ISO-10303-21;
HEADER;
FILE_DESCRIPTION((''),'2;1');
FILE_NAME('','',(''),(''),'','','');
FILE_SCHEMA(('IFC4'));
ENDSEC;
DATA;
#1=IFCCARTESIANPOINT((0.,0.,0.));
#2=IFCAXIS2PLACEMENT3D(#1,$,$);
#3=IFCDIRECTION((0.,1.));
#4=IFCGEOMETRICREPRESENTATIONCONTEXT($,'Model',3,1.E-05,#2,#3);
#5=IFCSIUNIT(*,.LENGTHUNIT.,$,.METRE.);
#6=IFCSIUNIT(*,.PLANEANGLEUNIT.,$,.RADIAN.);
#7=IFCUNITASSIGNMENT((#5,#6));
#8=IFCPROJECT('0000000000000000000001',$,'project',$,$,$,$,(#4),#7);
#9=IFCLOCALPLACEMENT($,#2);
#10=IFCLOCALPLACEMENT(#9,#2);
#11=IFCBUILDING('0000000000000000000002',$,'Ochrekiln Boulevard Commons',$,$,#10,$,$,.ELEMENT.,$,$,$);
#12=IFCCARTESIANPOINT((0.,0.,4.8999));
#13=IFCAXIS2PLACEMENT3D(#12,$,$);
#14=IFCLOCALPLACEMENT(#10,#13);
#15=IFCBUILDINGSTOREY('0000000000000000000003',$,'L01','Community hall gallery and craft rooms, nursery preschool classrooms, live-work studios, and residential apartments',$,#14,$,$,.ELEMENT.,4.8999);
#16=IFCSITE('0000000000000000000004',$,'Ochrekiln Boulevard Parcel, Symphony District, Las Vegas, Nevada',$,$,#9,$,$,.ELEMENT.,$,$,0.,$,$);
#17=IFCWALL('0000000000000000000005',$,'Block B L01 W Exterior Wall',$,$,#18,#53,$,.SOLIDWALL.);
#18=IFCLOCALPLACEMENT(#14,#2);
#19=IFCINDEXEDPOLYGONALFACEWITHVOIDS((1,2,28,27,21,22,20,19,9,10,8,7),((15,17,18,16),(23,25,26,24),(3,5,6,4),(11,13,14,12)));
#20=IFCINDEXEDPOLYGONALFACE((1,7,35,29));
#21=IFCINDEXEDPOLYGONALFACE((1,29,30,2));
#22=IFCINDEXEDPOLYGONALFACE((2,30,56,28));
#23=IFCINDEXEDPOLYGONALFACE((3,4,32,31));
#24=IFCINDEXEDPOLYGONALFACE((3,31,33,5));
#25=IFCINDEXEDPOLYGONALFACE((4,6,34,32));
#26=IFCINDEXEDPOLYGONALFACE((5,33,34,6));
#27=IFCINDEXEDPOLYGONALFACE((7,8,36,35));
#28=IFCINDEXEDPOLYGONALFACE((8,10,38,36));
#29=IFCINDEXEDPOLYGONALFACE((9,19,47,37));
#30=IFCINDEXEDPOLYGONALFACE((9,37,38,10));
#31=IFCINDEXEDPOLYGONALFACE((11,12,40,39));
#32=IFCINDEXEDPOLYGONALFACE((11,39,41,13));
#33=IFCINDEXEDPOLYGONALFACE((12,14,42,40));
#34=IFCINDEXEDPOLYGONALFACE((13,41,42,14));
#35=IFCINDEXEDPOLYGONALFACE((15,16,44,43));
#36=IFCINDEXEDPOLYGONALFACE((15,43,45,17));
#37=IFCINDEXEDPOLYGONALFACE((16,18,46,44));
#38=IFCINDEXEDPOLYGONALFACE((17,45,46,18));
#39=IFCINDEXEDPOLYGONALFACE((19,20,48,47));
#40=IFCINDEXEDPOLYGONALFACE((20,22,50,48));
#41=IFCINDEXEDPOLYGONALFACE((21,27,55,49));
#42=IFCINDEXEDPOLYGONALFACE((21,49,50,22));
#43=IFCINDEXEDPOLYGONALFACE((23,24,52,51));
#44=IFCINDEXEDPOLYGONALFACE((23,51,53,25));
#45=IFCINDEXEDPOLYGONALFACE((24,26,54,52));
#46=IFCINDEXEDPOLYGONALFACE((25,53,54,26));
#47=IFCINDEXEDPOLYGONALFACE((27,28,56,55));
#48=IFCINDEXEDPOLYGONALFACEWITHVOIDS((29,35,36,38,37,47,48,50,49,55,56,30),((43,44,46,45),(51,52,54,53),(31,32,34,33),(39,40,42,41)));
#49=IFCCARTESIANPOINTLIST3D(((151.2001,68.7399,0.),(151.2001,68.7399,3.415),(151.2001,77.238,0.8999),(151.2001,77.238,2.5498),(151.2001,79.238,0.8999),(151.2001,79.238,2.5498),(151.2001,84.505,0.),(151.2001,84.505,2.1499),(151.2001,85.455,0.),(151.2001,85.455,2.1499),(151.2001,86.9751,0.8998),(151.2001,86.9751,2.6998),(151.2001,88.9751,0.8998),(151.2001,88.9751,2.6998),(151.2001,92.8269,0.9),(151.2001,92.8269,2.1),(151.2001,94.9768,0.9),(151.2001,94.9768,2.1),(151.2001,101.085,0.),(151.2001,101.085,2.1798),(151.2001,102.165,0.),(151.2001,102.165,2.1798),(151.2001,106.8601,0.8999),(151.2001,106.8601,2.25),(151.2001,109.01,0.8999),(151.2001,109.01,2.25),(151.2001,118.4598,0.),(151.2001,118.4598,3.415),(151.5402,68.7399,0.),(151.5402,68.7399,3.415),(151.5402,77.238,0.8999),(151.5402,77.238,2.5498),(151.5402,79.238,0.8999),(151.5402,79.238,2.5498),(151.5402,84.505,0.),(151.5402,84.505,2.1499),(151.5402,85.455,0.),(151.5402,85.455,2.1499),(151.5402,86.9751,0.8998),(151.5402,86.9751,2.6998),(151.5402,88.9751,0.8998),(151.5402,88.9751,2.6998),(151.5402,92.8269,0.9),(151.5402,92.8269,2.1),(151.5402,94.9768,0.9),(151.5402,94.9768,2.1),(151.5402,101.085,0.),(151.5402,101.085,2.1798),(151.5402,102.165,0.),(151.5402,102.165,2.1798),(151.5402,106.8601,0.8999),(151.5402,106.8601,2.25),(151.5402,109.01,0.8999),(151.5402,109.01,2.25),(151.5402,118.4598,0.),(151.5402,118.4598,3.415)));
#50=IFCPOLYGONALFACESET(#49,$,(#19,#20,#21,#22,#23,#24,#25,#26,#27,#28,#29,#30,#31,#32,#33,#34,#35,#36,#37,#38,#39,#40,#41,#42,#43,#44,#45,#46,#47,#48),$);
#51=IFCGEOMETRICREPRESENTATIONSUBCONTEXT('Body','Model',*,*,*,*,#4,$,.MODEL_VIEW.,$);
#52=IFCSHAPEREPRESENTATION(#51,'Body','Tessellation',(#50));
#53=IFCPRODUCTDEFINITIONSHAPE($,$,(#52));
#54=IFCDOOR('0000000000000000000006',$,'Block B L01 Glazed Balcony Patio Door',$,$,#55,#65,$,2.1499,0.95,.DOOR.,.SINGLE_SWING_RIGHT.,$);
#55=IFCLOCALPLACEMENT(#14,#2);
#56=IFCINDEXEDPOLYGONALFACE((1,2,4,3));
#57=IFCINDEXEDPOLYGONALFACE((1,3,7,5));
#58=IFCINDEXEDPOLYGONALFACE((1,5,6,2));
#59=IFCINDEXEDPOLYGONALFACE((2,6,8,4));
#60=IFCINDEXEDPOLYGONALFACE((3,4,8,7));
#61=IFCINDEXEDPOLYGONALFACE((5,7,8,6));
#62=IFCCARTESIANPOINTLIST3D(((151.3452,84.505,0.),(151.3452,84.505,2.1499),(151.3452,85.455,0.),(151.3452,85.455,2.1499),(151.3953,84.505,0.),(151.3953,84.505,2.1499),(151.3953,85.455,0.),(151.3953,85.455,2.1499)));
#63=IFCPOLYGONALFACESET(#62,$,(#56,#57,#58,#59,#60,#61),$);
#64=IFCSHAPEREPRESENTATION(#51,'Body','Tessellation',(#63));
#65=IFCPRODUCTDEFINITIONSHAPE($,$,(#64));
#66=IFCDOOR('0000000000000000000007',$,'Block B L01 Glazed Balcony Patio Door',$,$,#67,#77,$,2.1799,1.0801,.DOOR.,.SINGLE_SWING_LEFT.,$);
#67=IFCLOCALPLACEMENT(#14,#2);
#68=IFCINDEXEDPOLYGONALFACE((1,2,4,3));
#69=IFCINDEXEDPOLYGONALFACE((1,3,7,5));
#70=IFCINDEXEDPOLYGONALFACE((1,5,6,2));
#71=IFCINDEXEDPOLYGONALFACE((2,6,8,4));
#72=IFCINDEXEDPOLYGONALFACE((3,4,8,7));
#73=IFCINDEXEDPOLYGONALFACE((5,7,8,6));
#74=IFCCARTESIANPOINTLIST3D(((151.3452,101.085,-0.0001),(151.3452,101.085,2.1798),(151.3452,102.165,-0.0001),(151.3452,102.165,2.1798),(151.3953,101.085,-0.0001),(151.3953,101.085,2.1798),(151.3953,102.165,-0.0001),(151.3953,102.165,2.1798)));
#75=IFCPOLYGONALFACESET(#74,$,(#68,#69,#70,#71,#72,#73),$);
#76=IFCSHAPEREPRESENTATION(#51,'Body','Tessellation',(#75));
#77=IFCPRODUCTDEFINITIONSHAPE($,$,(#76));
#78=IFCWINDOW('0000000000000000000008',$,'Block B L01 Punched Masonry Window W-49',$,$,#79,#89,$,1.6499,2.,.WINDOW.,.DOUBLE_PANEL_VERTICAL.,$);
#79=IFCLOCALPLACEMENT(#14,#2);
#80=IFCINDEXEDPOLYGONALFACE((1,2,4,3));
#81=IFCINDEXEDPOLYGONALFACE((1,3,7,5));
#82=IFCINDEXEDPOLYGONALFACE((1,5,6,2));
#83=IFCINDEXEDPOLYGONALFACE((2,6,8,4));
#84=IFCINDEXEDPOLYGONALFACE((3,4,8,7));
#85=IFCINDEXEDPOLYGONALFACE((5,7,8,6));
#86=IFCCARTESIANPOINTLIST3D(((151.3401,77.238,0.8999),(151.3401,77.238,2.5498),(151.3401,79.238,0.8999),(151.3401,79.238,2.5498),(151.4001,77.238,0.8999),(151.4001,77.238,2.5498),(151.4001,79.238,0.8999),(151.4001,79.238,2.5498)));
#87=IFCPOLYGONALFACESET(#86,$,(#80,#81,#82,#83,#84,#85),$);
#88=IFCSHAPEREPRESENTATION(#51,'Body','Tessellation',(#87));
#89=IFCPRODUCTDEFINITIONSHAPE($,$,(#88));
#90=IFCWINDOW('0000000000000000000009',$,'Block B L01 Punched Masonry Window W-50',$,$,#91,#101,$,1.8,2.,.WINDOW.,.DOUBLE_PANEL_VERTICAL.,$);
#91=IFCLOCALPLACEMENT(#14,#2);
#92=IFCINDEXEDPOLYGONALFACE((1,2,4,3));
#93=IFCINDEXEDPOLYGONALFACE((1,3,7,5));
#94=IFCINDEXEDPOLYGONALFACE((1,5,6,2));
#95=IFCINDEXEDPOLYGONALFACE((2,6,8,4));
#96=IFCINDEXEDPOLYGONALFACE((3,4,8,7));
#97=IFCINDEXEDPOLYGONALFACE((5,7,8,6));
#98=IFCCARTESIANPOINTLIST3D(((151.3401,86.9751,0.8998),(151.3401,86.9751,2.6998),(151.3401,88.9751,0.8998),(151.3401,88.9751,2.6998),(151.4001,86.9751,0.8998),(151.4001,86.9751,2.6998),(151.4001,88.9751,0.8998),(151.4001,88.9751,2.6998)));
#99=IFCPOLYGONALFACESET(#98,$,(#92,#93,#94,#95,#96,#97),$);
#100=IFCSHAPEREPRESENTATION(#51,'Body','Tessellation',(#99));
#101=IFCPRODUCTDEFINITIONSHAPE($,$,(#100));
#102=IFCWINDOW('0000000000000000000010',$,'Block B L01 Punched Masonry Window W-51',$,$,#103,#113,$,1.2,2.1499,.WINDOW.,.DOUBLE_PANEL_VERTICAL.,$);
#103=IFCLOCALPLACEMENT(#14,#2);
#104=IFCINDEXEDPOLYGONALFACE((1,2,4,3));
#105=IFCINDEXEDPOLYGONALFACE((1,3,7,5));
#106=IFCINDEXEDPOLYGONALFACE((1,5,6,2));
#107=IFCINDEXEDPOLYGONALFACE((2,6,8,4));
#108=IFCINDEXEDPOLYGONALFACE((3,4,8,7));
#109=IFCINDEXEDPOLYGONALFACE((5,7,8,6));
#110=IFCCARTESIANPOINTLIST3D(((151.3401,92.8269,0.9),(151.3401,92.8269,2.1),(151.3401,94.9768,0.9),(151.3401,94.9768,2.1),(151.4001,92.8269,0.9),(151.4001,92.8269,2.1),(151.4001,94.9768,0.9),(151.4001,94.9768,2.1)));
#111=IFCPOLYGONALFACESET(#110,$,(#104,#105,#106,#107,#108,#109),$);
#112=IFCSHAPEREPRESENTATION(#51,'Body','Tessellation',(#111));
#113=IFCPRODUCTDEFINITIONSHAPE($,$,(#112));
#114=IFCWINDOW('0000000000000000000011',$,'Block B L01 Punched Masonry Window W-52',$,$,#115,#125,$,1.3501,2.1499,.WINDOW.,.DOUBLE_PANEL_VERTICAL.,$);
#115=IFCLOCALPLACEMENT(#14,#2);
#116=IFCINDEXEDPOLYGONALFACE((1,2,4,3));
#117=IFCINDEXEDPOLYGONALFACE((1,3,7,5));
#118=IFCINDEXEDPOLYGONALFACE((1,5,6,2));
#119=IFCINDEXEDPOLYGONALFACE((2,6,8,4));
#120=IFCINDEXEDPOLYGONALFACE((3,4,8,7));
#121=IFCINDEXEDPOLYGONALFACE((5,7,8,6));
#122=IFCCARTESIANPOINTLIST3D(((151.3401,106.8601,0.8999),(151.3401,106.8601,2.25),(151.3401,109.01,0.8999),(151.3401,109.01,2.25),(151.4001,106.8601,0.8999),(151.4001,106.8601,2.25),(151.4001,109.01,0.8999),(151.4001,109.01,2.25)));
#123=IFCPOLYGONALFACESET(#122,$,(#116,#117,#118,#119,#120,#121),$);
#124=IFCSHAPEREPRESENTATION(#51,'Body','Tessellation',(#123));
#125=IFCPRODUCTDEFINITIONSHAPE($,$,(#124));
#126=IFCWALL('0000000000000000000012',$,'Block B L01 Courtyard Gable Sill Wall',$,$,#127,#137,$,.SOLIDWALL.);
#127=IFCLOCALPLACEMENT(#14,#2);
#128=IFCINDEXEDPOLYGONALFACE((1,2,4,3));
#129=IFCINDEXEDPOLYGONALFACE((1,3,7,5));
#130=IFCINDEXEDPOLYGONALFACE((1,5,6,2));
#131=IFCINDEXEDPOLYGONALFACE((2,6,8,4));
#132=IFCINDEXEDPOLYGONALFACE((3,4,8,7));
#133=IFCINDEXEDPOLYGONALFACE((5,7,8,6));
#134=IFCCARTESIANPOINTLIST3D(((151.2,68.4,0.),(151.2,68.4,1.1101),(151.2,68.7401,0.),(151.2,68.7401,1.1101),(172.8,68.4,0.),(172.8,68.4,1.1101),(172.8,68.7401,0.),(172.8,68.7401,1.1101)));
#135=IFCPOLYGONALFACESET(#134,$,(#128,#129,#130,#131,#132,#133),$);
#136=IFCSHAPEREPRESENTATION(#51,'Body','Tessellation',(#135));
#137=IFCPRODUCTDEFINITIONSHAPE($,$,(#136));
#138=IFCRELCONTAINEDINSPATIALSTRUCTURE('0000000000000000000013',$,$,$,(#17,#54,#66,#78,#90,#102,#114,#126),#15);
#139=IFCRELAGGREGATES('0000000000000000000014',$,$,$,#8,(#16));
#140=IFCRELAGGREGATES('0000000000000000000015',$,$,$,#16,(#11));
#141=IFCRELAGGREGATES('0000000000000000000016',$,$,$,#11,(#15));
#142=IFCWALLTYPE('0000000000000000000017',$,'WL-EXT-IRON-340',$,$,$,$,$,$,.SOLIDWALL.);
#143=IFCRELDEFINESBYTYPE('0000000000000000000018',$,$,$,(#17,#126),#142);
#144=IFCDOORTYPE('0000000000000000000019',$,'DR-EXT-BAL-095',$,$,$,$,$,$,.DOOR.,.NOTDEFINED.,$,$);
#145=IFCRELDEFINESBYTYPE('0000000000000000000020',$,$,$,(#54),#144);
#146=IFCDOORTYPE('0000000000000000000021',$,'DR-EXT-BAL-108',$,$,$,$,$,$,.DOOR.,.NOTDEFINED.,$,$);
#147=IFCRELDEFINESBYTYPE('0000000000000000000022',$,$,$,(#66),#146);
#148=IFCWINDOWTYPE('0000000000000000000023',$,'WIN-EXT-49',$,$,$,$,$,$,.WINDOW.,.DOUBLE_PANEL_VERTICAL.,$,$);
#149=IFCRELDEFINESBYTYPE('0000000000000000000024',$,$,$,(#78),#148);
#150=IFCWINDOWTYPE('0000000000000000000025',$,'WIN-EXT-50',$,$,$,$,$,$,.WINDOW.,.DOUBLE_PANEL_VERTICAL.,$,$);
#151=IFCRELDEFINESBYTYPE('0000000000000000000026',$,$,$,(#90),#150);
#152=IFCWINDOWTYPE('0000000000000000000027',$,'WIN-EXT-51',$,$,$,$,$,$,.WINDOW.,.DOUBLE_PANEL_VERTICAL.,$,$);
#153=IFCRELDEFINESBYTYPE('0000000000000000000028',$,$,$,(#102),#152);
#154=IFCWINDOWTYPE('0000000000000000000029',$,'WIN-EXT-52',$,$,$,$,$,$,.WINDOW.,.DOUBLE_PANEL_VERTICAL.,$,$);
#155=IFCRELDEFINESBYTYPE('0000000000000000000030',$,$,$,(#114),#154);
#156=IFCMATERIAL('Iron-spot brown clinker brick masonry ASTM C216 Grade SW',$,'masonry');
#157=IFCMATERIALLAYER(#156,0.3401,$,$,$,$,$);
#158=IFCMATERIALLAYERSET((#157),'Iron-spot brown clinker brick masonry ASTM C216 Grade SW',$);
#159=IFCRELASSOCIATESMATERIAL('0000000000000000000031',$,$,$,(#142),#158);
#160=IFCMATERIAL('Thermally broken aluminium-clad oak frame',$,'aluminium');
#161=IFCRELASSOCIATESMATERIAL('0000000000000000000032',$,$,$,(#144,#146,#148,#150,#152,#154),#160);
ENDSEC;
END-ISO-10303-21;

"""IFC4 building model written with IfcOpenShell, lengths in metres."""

from ifc_helpers import new_model, si_unit, direction, frame, frame_2d, origin, place, context, subcontext, project, spatial, rectangle, extrude, material, layer, layer_set, type_object, element, fill, save


model = new_model("IFC4")

# Units and contexts
model_context = context("Model", 3, precision=1e-05, world=origin(), true_north=direction((0.0, 1.0)))
body_context = subcontext(model_context, "Body", "Model", "MODEL_VIEW")
ifc_project = project(units=[si_unit("LENGTHUNIT", "METRE"), si_unit("PLANEANGLEUNIT", "RADIAN")], contexts=[model_context])

# Site, building, storey
site_placement = place(None, origin())
site = spatial("IfcSite", under=ifc_project, at=site_placement, Name="Ochrekiln Boulevard Parcel, Symphony District, Las Vegas, Nevada", CompositionType="ELEMENT", RefElevation=0.0)
building_placement = place(site_placement, origin())
building = spatial("IfcBuilding", under=site, at=building_placement, Name="Ochrekiln Boulevard Commons", CompositionType="ELEMENT")
storey_placement = place(building_placement, frame((0.0, 0.0, 4.8999)))
storey = spatial("IfcBuildingStorey", under=building, at=storey_placement, Name="L01", Description="Community hall gallery and craft rooms, nursery preschool classrooms, live-work studios, and residential apartments", CompositionType="ELEMENT", Elevation=4.8999)

# Wall, openings, doors, windows
ifc_material_1 = material(Name="Iron-spot brown clinker brick masonry ASTM C216 Grade SW", Category="masonry")
ifc_layer_1 = layer(ifc_material_1, 0.3401)
ifc_layer_set_1 = layer_set([ifc_layer_1], Name="Iron-spot brown clinker brick masonry ASTM C216 Grade SW")
wall_type = type_object("IfcWallType", Name="WL-EXT-IRON-340", PredefinedType="SOLIDWALL", material=ifc_layer_set_1)
wall_1_placement = place(storey_placement, frame((151.3701, 68.74, 0.0), z_axis=(0.0, 0.0, 1.0), x_axis=(0.0, 1.0, 0.0)))
wall_1 = element("IfcWall", 1, at=wall_1_placement, inside=storey, type_object=wall_type, Name="Block B L01 W Exterior Wall", PredefinedType="SOLIDWALL", context=body_context, shape_type="SweptSolid", body=[
    extrude(rectangle(XDim=49.72, YDim=0.3401, at=frame_2d((24.8599, 0.0))), origin(), (0.0, 0.0, 1.0), 3.415),
])
opening_1_placement = place(wall_1_placement, frame((15.7649, 0.0, 0.0)))
opening_1 = element("IfcOpeningElement", 2, at=opening_1_placement, cuts=wall_1, PredefinedType="OPENING", context=body_context, shape_type="SweptSolid", body=[
    extrude(rectangle(XDim=0.95, YDim=2.1499, at=frame_2d((0.4751, 1.075))), frame((0.0, 0.1799, 0.0), z_axis=(0.0, -1.0, 0.0), x_axis=(1.0, 0.0, 0.0)), (0.0, 0.0, 1.0), 0.3601),
])
opening_2_placement = place(wall_1_placement, frame((8.498, 0.0, 0.8999)))
opening_2 = element("IfcOpeningElement", 3, at=opening_2_placement, cuts=wall_1, PredefinedType="OPENING", context=body_context, shape_type="SweptSolid", body=[
    extrude(rectangle(XDim=2.0, YDim=1.6499, at=frame_2d((1.0, 0.825))), frame((0.0, 0.1799, 0.0), z_axis=(0.0, -1.0, 0.0), x_axis=(1.0, 0.0, 0.0)), (0.0, 0.0, 1.0), 0.3601),
])
opening_3_placement = place(wall_1_placement, frame((18.2351, 0.0, 0.8999)))
opening_3 = element("IfcOpeningElement", 4, at=opening_3_placement, cuts=wall_1, PredefinedType="OPENING", context=body_context, shape_type="SweptSolid", body=[
    extrude(rectangle(XDim=2.0, YDim=1.8, at=frame_2d((1.0, 0.8999))), frame((0.0, 0.1799, 0.0), z_axis=(0.0, -1.0, 0.0), x_axis=(1.0, 0.0, 0.0)), (0.0, 0.0, 1.0), 0.3601),
])
opening_4_placement = place(wall_1_placement, frame((32.345, 0.0, 0.0)))
opening_4 = element("IfcOpeningElement", 5, at=opening_4_placement, cuts=wall_1, PredefinedType="OPENING", context=body_context, shape_type="SweptSolid", body=[
    extrude(rectangle(XDim=1.0801, YDim=2.1799, at=frame_2d((0.54, 1.0898))), frame((0.0, 0.1799, 0.0), z_axis=(0.0, -1.0, 0.0), x_axis=(1.0, 0.0, 0.0)), (0.0, 0.0, 1.0), 0.3601),
])
opening_5_placement = place(wall_1_placement, frame((24.0869, 0.0, 0.8999)))
opening_5 = element("IfcOpeningElement", 6, at=opening_5_placement, cuts=wall_1, PredefinedType="OPENING", context=body_context, shape_type="SweptSolid", body=[
    extrude(rectangle(XDim=2.1499, YDim=1.2, at=frame_2d((1.075, 0.6001))), frame((0.0, 0.1799, 0.0), z_axis=(0.0, -1.0, 0.0), x_axis=(1.0, 0.0, 0.0)), (0.0, 0.0, 1.0), 0.3601),
])
opening_6_placement = place(wall_1_placement, frame((38.1201, 0.0, 0.8999)))
opening_6 = element("IfcOpeningElement", 7, at=opening_6_placement, cuts=wall_1, PredefinedType="OPENING", context=body_context, shape_type="SweptSolid", body=[
    extrude(rectangle(XDim=2.1499, YDim=1.3501, at=frame_2d((1.075, 0.675))), frame((0.0, 0.1799, 0.0), z_axis=(0.0, -1.0, 0.0), x_axis=(1.0, 0.0, 0.0)), (0.0, 0.0, 1.0), 0.3601),
])
ifc_material_2 = material(Name="Thermally broken aluminium-clad oak frame", Category="aluminium")
door_type_1 = type_object("IfcDoorType", Name="DR-EXT-BAL-095", OperationType="NOTDEFINED", PredefinedType="DOOR", material=ifc_material_2)
door_1_placement = place(opening_1_placement, origin())
door_1 = element("IfcDoor", 8, at=door_1_placement, inside=storey, type_object=door_type_1, Name="Block B L01 Glazed Balcony Patio Door", OperationType="SINGLE_SWING_RIGHT", OverallHeight=2.1499, OverallWidth=0.95, PredefinedType="DOOR", context=body_context, shape_type="SweptSolid", body=[
    extrude(rectangle(XDim=0.95, YDim=2.1499, at=frame_2d((0.4751, 1.075))), frame((0.0, 0.0249, 0.0), z_axis=(0.0, -1.0, 0.0), x_axis=(1.0, 0.0, 0.0)), (0.0, 0.0, 1.0), 0.05),
])
fill(opening_1, door_1)
door_type_2 = type_object("IfcDoorType", Name="DR-EXT-BAL-108", OperationType="NOTDEFINED", PredefinedType="DOOR", material=ifc_material_2)
door_2_placement = place(opening_4_placement, origin())
door_2 = element("IfcDoor", 9, at=door_2_placement, inside=storey, type_object=door_type_2, Name="Block B L01 Glazed Balcony Patio Door", OperationType="SINGLE_SWING_LEFT", OverallHeight=2.1799, OverallWidth=1.0801, PredefinedType="DOOR", context=body_context, shape_type="SweptSolid", body=[
    extrude(rectangle(XDim=1.0801, YDim=2.1799, at=frame_2d((0.54, 1.0898))), frame((0.0, 0.0249, 0.0), z_axis=(0.0, -1.0, 0.0), x_axis=(1.0, 0.0, 0.0)), (0.0, 0.0, 1.0), 0.05),
])
fill(opening_4, door_2)
window_type_1 = type_object("IfcWindowType", Name="WIN-EXT-49", PartitioningType="DOUBLE_PANEL_VERTICAL", PredefinedType="WINDOW", material=ifc_material_2)
window_1_placement = place(opening_2_placement, origin())
window_1 = element("IfcWindow", 10, at=window_1_placement, inside=storey, type_object=window_type_1, Name="Block B L01 Punched Masonry Window W-49", OverallHeight=1.6499, OverallWidth=2.0, PartitioningType="DOUBLE_PANEL_VERTICAL", PredefinedType="WINDOW", context=body_context, shape_type="SweptSolid", body=[
    extrude(rectangle(XDim=2.0, YDim=1.6499, at=frame_2d((1.0, 0.825))), frame((0.0, 0.03, 0.0), z_axis=(0.0, -1.0, 0.0), x_axis=(1.0, 0.0, 0.0)), (0.0, 0.0, 1.0), 0.0601),
])
fill(opening_2, window_1)
window_type_2 = type_object("IfcWindowType", Name="WIN-EXT-50", PartitioningType="DOUBLE_PANEL_VERTICAL", PredefinedType="WINDOW", material=ifc_material_2)
window_2_placement = place(opening_3_placement, origin())
window_2 = element("IfcWindow", 11, at=window_2_placement, inside=storey, type_object=window_type_2, Name="Block B L01 Punched Masonry Window W-50", OverallHeight=1.8, OverallWidth=2.0, PartitioningType="DOUBLE_PANEL_VERTICAL", PredefinedType="WINDOW", context=body_context, shape_type="SweptSolid", body=[
    extrude(rectangle(XDim=2.0, YDim=1.8, at=frame_2d((1.0, 0.8999))), frame((0.0, 0.03, 0.0), z_axis=(0.0, -1.0, 0.0), x_axis=(1.0, 0.0, 0.0)), (0.0, 0.0, 1.0), 0.0601),
])
fill(opening_3, window_2)
window_type_3 = type_object("IfcWindowType", Name="WIN-EXT-51", PartitioningType="DOUBLE_PANEL_VERTICAL", PredefinedType="WINDOW", material=ifc_material_2)
window_3_placement = place(opening_5_placement, origin())
window_3 = element("IfcWindow", 12, at=window_3_placement, inside=storey, type_object=window_type_3, Name="Block B L01 Punched Masonry Window W-51", OverallHeight=1.2, OverallWidth=2.1499, PartitioningType="DOUBLE_PANEL_VERTICAL", PredefinedType="WINDOW", context=body_context, shape_type="SweptSolid", body=[
    extrude(rectangle(XDim=2.1499, YDim=1.2, at=frame_2d((1.075, 0.6001))), frame((0.0, 0.03, 0.0), z_axis=(0.0, -1.0, 0.0), x_axis=(1.0, 0.0, 0.0)), (0.0, 0.0, 1.0), 0.0601),
])
fill(opening_5, window_3)
window_type_4 = type_object("IfcWindowType", Name="WIN-EXT-52", PartitioningType="DOUBLE_PANEL_VERTICAL", PredefinedType="WINDOW", material=ifc_material_2)
window_4_placement = place(opening_6_placement, origin())
window_4 = element("IfcWindow", 13, at=window_4_placement, inside=storey, type_object=window_type_4, Name="Block B L01 Punched Masonry Window W-52", OverallHeight=1.3501, OverallWidth=2.1499, PartitioningType="DOUBLE_PANEL_VERTICAL", PredefinedType="WINDOW", context=body_context, shape_type="SweptSolid", body=[
    extrude(rectangle(XDim=2.1499, YDim=1.3501, at=frame_2d((1.075, 0.675))), frame((0.0, 0.03, 0.0), z_axis=(0.0, -1.0, 0.0), x_axis=(1.0, 0.0, 0.0)), (0.0, 0.0, 1.0), 0.0601),
])
fill(opening_6, window_4)

# Wall
wall_2_placement = place(storey_placement, frame((151.2, 68.5701, 0.0), z_axis=(0.0, 0.0, 1.0), x_axis=(1.0, 0.0, 0.0)))
element("IfcWall", 14, at=wall_2_placement, inside=storey, type_object=wall_type, Name="Block B L01 Courtyard Gable Sill Wall", PredefinedType="SOLIDWALL", context=body_context, shape_type="SweptSolid", body=[
    extrude(rectangle(XDim=21.6001, YDim=0.3401, at=frame_2d((10.8, 0.0))), origin(), (0.0, 0.0, 1.0), 1.1101),
])

save(model, "model.ifc")
